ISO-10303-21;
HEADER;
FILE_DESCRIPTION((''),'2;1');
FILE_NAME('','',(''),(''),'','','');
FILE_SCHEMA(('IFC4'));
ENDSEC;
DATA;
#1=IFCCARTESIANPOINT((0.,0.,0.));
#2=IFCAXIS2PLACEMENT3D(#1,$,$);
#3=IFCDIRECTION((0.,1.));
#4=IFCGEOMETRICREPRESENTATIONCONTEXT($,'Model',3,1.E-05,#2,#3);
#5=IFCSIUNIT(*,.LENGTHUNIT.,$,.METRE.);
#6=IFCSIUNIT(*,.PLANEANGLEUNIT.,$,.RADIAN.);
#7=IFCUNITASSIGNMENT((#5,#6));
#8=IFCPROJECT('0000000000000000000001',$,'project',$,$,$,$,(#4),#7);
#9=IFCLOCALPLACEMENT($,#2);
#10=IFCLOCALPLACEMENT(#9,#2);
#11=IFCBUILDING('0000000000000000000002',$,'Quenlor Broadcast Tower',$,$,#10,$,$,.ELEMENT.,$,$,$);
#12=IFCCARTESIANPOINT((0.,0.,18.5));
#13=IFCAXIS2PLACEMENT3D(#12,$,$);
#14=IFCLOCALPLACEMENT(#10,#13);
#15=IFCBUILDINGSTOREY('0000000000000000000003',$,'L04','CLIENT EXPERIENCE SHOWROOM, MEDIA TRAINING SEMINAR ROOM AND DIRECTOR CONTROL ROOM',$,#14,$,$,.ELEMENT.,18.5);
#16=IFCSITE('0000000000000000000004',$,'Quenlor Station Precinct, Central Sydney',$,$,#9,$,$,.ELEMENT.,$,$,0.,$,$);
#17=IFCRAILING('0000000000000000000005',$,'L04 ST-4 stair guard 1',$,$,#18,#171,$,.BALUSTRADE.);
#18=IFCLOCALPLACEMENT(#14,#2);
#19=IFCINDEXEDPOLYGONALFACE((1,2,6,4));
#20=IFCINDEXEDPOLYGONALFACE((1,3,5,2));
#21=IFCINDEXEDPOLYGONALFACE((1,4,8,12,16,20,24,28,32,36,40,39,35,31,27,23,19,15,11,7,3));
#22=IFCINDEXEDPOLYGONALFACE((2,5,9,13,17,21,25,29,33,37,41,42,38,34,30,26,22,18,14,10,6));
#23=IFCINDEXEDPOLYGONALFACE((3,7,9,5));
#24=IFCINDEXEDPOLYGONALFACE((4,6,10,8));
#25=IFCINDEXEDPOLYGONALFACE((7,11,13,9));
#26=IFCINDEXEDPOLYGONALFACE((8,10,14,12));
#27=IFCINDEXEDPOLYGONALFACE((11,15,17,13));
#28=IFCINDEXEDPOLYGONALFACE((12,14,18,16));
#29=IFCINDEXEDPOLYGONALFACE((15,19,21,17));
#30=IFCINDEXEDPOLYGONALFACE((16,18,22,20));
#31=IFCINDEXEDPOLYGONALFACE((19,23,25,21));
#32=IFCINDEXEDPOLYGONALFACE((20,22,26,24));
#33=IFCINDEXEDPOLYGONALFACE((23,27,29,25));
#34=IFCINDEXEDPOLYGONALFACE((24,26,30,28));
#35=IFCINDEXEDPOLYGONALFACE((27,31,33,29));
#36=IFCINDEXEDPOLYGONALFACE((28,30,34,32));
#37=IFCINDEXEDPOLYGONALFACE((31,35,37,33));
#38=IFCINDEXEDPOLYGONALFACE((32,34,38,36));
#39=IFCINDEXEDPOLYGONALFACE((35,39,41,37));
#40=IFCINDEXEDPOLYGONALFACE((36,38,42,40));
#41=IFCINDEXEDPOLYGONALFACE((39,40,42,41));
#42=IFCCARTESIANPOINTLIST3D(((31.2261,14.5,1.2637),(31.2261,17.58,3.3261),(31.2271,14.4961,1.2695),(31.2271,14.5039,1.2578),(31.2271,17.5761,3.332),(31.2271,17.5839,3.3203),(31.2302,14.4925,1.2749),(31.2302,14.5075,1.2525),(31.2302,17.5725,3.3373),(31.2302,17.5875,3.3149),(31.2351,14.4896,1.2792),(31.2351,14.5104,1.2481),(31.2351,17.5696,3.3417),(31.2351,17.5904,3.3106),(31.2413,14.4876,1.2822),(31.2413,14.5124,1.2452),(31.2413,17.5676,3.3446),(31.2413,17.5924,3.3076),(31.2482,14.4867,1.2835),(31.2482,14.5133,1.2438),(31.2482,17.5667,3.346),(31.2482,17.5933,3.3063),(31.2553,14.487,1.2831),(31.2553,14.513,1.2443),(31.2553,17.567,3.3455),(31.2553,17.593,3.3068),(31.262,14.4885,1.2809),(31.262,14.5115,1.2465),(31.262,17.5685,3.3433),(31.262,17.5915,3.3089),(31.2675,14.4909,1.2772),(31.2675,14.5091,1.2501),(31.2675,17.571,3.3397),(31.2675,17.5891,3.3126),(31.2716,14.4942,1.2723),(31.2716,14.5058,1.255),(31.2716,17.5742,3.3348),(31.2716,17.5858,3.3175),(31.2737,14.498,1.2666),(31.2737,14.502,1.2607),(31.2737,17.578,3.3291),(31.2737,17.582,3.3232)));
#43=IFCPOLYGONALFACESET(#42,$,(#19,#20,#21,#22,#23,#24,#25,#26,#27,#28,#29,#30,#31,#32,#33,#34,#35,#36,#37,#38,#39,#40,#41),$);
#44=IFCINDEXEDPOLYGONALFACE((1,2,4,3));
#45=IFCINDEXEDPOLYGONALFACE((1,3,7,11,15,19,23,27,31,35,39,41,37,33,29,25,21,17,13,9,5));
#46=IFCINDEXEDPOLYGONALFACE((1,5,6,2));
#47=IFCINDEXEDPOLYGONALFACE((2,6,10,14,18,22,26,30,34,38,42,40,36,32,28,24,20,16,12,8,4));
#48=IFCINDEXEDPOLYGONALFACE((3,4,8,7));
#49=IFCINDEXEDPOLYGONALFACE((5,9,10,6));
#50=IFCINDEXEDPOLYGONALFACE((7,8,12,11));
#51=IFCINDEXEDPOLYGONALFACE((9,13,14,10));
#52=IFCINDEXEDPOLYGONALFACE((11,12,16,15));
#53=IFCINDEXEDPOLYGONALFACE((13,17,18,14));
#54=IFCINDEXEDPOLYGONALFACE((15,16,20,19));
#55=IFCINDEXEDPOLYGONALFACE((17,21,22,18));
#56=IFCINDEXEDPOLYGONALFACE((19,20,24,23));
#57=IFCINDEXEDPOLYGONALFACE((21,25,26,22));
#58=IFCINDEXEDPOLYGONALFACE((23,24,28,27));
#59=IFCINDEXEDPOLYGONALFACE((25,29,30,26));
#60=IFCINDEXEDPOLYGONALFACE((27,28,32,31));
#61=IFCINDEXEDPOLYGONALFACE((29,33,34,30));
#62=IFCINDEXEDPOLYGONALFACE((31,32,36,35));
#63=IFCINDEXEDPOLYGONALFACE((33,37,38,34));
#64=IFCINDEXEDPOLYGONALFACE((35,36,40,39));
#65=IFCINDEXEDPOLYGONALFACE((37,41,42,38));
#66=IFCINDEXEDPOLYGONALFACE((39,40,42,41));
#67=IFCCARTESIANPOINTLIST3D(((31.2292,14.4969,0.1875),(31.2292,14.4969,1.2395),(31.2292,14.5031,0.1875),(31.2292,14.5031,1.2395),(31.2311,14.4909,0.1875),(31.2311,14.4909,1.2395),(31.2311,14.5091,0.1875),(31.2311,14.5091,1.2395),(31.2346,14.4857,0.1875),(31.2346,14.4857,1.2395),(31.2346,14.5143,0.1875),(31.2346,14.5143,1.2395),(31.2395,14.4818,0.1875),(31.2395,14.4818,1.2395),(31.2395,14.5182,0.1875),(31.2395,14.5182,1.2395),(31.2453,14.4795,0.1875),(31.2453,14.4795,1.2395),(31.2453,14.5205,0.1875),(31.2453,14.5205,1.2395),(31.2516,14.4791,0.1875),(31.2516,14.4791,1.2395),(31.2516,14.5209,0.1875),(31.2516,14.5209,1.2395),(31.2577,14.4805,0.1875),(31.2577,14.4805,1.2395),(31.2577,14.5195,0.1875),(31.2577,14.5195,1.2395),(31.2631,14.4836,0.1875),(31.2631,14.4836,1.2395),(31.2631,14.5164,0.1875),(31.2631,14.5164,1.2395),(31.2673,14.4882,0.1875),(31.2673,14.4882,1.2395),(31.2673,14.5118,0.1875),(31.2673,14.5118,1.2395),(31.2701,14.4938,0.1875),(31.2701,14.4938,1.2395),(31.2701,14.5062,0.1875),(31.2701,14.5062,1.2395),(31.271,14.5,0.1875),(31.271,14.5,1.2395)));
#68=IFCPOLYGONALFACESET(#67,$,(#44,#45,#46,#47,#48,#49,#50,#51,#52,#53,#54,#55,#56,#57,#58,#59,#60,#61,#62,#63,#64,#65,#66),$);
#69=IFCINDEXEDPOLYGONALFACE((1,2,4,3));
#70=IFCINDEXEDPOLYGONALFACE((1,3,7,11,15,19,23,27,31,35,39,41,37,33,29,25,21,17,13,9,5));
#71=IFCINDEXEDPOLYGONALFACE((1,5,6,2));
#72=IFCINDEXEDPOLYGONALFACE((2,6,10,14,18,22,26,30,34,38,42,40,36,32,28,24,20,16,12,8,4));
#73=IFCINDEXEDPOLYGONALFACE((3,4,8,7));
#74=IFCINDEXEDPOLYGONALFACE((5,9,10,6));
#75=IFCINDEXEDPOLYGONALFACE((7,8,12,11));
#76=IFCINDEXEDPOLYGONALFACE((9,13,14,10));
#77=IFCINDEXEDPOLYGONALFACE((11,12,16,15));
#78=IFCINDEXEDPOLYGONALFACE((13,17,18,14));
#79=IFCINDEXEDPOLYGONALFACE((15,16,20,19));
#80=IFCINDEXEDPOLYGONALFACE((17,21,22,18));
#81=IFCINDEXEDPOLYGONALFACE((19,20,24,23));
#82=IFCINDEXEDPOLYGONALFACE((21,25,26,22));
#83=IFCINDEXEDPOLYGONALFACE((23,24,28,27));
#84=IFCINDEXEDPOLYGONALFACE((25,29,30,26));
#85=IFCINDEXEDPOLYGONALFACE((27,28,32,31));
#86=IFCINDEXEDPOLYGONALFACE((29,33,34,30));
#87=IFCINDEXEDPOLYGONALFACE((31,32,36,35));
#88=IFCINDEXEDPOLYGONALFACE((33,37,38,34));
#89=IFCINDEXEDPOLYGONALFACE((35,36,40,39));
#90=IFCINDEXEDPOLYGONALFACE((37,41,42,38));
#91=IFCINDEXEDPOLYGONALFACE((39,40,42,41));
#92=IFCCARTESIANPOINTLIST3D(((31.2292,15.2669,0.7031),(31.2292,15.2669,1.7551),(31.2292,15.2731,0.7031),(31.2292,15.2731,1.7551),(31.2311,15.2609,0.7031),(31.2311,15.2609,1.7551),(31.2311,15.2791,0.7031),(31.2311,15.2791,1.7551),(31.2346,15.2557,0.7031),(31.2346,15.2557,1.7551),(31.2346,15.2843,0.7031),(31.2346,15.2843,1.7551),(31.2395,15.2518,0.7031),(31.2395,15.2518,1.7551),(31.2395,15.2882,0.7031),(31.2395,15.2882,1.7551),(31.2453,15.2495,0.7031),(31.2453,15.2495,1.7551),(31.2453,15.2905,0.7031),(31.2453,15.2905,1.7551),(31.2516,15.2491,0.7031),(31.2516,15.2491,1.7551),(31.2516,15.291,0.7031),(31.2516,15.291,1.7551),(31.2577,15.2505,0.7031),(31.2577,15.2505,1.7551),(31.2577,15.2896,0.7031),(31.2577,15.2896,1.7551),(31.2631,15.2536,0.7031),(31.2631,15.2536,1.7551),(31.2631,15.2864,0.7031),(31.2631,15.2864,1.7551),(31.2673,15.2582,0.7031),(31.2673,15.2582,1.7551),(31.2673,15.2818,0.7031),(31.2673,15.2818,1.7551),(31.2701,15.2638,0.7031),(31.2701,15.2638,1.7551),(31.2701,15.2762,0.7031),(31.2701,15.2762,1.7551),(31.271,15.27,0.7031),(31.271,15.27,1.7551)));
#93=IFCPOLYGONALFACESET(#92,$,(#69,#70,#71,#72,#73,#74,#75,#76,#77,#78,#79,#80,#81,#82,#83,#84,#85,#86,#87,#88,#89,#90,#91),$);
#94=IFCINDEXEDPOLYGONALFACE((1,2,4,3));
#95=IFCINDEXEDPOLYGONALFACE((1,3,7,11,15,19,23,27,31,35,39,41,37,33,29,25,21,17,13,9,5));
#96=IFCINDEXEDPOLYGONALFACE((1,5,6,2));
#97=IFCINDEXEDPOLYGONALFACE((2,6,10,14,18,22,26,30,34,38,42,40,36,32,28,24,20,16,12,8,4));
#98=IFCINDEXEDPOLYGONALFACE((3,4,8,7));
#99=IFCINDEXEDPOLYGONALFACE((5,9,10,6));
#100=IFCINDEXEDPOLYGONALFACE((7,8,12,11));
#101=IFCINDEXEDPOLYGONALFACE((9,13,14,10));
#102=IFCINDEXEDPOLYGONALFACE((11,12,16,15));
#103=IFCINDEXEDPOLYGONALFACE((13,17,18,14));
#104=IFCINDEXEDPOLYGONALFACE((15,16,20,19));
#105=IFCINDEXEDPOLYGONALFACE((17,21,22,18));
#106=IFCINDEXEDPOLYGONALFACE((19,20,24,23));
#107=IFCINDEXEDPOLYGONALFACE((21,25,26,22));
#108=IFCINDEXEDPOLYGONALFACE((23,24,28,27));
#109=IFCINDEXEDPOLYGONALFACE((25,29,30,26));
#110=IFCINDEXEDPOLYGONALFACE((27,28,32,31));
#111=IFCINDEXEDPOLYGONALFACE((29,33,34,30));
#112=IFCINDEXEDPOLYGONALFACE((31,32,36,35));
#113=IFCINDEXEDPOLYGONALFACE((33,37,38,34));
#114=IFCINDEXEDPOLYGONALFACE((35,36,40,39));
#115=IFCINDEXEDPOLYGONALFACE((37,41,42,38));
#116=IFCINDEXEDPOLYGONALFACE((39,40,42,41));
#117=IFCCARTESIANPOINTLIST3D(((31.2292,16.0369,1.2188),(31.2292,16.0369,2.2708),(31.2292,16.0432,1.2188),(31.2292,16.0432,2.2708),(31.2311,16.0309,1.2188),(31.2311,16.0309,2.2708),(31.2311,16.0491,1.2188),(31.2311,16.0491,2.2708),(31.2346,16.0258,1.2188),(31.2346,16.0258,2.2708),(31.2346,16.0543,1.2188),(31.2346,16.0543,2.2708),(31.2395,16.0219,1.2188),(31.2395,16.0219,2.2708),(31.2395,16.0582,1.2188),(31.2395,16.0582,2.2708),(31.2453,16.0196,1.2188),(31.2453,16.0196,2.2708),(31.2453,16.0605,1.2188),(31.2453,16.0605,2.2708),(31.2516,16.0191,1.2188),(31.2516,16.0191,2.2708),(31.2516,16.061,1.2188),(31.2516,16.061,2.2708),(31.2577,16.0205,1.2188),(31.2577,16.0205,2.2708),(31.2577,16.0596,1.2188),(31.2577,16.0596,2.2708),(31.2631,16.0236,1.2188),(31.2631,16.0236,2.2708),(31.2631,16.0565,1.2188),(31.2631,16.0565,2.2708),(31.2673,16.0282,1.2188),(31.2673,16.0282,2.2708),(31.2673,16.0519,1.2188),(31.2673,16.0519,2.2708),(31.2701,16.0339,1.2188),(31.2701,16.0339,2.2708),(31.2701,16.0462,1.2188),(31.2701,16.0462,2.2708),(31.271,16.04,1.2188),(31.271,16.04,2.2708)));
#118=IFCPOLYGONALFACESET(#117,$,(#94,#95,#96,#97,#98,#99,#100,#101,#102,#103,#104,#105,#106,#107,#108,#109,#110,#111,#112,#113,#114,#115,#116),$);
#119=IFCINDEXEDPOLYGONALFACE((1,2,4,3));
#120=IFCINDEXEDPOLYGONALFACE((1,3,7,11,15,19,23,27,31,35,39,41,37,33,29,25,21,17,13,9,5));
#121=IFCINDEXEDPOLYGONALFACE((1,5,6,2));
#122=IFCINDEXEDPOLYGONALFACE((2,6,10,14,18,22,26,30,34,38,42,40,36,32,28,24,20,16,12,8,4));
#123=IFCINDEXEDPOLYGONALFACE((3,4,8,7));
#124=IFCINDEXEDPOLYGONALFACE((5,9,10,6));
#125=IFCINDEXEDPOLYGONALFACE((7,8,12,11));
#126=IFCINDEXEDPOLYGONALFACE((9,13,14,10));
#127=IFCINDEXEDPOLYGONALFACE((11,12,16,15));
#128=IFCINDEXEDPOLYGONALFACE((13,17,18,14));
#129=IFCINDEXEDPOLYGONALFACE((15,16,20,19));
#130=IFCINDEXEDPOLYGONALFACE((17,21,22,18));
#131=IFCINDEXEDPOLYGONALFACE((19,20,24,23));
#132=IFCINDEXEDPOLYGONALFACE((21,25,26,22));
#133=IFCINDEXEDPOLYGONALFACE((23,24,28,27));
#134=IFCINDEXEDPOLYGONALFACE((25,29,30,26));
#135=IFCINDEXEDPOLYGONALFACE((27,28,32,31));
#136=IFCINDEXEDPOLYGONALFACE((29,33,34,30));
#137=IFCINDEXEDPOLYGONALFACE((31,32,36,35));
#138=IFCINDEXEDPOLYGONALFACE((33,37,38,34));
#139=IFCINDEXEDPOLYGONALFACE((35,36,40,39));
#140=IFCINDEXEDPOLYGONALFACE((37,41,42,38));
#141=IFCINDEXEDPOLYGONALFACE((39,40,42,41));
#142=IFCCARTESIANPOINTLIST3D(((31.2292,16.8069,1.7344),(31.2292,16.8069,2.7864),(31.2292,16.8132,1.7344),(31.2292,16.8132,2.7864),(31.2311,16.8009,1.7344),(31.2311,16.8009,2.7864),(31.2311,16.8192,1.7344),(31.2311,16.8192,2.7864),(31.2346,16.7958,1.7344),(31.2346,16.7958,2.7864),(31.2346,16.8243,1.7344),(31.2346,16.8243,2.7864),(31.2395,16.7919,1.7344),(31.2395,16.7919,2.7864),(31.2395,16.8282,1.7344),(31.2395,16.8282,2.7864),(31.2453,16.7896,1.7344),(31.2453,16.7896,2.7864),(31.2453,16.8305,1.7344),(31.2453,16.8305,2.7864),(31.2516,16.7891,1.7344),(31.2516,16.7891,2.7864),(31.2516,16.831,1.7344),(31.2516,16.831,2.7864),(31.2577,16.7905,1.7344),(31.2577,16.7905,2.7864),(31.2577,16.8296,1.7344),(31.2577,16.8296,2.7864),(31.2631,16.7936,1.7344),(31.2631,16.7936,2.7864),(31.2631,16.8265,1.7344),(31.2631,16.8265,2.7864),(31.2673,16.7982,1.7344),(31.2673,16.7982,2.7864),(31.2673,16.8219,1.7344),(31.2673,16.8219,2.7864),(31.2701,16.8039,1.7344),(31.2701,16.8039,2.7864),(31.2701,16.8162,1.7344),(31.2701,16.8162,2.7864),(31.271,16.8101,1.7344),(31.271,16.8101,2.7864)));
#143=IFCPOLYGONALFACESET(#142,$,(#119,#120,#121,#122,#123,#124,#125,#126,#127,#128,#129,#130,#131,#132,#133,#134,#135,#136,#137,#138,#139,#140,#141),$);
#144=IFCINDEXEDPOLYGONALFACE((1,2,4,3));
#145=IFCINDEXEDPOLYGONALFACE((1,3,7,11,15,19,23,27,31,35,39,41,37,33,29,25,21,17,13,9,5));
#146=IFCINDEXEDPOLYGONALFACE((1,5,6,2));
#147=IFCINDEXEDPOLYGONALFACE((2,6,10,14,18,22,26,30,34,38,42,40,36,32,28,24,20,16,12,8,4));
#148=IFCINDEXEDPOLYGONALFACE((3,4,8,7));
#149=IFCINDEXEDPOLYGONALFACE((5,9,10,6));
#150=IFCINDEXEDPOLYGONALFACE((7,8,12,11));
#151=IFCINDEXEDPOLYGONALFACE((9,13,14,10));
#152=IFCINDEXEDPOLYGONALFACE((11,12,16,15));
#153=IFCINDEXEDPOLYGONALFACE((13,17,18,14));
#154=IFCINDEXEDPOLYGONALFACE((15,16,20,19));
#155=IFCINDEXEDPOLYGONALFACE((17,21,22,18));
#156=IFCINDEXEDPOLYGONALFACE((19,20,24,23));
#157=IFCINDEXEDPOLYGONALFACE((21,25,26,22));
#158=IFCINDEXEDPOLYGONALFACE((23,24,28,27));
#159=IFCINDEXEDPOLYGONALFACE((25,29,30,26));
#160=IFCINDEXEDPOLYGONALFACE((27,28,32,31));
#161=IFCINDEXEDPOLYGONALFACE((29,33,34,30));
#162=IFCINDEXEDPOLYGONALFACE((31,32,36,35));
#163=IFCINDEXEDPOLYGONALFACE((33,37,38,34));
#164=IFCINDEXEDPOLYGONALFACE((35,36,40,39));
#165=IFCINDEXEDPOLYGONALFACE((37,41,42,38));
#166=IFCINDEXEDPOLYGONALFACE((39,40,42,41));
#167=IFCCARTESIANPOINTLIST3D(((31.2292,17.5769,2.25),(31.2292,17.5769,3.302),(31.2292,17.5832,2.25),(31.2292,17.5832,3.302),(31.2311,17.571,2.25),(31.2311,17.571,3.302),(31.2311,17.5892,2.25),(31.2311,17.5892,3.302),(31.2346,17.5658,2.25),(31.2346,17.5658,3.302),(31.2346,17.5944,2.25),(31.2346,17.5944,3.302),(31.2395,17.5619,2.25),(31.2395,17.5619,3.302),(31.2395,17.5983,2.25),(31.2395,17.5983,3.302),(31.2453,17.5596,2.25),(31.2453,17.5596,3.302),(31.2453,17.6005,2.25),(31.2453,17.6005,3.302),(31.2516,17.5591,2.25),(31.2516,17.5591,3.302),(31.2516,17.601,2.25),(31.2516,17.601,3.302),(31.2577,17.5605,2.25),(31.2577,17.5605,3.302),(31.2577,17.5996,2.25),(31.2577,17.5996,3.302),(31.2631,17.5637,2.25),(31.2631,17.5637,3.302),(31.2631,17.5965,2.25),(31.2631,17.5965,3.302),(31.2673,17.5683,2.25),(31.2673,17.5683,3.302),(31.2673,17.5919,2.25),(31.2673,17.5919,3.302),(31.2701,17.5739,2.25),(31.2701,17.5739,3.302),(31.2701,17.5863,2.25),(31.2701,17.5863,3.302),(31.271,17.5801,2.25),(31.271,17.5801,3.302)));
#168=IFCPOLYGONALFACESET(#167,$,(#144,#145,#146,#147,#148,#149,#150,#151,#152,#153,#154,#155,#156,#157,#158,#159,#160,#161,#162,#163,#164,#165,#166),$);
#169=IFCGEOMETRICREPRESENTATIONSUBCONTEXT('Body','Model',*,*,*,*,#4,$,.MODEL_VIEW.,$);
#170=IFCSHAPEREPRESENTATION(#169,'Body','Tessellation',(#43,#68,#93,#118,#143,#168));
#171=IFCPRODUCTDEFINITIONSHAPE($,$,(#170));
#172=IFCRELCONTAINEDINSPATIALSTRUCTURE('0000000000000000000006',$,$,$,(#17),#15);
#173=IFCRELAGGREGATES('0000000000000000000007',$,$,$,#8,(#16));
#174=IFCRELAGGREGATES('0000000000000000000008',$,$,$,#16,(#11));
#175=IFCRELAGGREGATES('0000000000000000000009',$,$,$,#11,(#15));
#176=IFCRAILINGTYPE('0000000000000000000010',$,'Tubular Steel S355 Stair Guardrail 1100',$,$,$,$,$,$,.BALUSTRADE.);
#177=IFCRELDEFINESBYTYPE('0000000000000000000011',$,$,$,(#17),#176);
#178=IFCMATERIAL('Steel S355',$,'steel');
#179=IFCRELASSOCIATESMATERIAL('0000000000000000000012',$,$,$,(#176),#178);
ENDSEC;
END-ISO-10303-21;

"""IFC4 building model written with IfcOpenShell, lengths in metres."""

from ifc_helpers import new_model, si_unit, direction, frame, origin, origin_2d, place, context, subcontext, project, spatial, circle, extrude, material, type_object, element, save


model = new_model("IFC4")

# Units and contexts
model_context = context("Model", 3, precision=1e-05, world=origin(), true_north=direction((0.0, 1.0)))
body_context = subcontext(model_context, "Body", "Model", "MODEL_VIEW")
ifc_project = project(units=[si_unit("LENGTHUNIT", "METRE"), si_unit("PLANEANGLEUNIT", "RADIAN")], contexts=[model_context])

# Site, building, storey
site_placement = place(None, origin())
site = spatial("IfcSite", under=ifc_project, at=site_placement, Name="Quenlor Station Precinct, Central Sydney", CompositionType="ELEMENT", RefElevation=0.0)
building_placement = place(site_placement, origin())
building = spatial("IfcBuilding", under=site, at=building_placement, Name="Quenlor Broadcast Tower", CompositionType="ELEMENT")
storey_placement = place(building_placement, frame((0.0, 0.0, 18.5)))
storey = spatial("IfcBuildingStorey", under=building, at=storey_placement, Name="L04", Description="CLIENT EXPERIENCE SHOWROOM, MEDIA TRAINING SEMINAR ROOM AND DIRECTOR CONTROL ROOM", CompositionType="ELEMENT", Elevation=18.5)

# Railing
ifc_material_1 = material(Name="Steel S355", Category="steel")
railing_type_1 = type_object("IfcRailingType", Name="Tubular Steel S355 Stair Guardrail 1100", PredefinedType="BALUSTRADE", material=ifc_material_1)
railing_1_placement = place(storey_placement, frame((31.25, 14.5, 0.1875)))
element("IfcRailing", 1, at=railing_1_placement, inside=storey, type_object=railing_type_1, Name="L04 ST-4 stair guard 1", PredefinedType="BALUSTRADE", context=body_context, shape_type="SweptSolid", body=[
    extrude(circle(Radius=0.0239, at=origin_2d()), frame((0.0, 0.0, 1.0762), z_axis=(0.0, 0.830914, 0.556401), x_axis=(-1.0, 0.0, 0.0)), (0.0, 0.0, 1.0), 3.7068),
    extrude(circle(Radius=0.021, at=origin_2d()), origin(), (0.0, 0.0, 1.0), 1.052),
    extrude(circle(Radius=0.021, at=origin_2d()), frame((0.0, 0.77, 0.5156)), (0.0, 0.0, 1.0), 1.052),
    extrude(circle(Radius=0.021, at=origin_2d()), frame((0.0, 1.54, 1.0312)), (0.0, 0.0, 1.0), 1.052),
    extrude(circle(Radius=0.021, at=origin_2d()), frame((0.0, 2.3101, 1.5469)), (0.0, 0.0, 1.0), 1.052),
    extrude(circle(Radius=0.021, at=origin_2d()), frame((0.0, 3.0801, 2.0625)), (0.0, 0.0, 1.0), 1.052),
])

save(model, "model.ifc")
